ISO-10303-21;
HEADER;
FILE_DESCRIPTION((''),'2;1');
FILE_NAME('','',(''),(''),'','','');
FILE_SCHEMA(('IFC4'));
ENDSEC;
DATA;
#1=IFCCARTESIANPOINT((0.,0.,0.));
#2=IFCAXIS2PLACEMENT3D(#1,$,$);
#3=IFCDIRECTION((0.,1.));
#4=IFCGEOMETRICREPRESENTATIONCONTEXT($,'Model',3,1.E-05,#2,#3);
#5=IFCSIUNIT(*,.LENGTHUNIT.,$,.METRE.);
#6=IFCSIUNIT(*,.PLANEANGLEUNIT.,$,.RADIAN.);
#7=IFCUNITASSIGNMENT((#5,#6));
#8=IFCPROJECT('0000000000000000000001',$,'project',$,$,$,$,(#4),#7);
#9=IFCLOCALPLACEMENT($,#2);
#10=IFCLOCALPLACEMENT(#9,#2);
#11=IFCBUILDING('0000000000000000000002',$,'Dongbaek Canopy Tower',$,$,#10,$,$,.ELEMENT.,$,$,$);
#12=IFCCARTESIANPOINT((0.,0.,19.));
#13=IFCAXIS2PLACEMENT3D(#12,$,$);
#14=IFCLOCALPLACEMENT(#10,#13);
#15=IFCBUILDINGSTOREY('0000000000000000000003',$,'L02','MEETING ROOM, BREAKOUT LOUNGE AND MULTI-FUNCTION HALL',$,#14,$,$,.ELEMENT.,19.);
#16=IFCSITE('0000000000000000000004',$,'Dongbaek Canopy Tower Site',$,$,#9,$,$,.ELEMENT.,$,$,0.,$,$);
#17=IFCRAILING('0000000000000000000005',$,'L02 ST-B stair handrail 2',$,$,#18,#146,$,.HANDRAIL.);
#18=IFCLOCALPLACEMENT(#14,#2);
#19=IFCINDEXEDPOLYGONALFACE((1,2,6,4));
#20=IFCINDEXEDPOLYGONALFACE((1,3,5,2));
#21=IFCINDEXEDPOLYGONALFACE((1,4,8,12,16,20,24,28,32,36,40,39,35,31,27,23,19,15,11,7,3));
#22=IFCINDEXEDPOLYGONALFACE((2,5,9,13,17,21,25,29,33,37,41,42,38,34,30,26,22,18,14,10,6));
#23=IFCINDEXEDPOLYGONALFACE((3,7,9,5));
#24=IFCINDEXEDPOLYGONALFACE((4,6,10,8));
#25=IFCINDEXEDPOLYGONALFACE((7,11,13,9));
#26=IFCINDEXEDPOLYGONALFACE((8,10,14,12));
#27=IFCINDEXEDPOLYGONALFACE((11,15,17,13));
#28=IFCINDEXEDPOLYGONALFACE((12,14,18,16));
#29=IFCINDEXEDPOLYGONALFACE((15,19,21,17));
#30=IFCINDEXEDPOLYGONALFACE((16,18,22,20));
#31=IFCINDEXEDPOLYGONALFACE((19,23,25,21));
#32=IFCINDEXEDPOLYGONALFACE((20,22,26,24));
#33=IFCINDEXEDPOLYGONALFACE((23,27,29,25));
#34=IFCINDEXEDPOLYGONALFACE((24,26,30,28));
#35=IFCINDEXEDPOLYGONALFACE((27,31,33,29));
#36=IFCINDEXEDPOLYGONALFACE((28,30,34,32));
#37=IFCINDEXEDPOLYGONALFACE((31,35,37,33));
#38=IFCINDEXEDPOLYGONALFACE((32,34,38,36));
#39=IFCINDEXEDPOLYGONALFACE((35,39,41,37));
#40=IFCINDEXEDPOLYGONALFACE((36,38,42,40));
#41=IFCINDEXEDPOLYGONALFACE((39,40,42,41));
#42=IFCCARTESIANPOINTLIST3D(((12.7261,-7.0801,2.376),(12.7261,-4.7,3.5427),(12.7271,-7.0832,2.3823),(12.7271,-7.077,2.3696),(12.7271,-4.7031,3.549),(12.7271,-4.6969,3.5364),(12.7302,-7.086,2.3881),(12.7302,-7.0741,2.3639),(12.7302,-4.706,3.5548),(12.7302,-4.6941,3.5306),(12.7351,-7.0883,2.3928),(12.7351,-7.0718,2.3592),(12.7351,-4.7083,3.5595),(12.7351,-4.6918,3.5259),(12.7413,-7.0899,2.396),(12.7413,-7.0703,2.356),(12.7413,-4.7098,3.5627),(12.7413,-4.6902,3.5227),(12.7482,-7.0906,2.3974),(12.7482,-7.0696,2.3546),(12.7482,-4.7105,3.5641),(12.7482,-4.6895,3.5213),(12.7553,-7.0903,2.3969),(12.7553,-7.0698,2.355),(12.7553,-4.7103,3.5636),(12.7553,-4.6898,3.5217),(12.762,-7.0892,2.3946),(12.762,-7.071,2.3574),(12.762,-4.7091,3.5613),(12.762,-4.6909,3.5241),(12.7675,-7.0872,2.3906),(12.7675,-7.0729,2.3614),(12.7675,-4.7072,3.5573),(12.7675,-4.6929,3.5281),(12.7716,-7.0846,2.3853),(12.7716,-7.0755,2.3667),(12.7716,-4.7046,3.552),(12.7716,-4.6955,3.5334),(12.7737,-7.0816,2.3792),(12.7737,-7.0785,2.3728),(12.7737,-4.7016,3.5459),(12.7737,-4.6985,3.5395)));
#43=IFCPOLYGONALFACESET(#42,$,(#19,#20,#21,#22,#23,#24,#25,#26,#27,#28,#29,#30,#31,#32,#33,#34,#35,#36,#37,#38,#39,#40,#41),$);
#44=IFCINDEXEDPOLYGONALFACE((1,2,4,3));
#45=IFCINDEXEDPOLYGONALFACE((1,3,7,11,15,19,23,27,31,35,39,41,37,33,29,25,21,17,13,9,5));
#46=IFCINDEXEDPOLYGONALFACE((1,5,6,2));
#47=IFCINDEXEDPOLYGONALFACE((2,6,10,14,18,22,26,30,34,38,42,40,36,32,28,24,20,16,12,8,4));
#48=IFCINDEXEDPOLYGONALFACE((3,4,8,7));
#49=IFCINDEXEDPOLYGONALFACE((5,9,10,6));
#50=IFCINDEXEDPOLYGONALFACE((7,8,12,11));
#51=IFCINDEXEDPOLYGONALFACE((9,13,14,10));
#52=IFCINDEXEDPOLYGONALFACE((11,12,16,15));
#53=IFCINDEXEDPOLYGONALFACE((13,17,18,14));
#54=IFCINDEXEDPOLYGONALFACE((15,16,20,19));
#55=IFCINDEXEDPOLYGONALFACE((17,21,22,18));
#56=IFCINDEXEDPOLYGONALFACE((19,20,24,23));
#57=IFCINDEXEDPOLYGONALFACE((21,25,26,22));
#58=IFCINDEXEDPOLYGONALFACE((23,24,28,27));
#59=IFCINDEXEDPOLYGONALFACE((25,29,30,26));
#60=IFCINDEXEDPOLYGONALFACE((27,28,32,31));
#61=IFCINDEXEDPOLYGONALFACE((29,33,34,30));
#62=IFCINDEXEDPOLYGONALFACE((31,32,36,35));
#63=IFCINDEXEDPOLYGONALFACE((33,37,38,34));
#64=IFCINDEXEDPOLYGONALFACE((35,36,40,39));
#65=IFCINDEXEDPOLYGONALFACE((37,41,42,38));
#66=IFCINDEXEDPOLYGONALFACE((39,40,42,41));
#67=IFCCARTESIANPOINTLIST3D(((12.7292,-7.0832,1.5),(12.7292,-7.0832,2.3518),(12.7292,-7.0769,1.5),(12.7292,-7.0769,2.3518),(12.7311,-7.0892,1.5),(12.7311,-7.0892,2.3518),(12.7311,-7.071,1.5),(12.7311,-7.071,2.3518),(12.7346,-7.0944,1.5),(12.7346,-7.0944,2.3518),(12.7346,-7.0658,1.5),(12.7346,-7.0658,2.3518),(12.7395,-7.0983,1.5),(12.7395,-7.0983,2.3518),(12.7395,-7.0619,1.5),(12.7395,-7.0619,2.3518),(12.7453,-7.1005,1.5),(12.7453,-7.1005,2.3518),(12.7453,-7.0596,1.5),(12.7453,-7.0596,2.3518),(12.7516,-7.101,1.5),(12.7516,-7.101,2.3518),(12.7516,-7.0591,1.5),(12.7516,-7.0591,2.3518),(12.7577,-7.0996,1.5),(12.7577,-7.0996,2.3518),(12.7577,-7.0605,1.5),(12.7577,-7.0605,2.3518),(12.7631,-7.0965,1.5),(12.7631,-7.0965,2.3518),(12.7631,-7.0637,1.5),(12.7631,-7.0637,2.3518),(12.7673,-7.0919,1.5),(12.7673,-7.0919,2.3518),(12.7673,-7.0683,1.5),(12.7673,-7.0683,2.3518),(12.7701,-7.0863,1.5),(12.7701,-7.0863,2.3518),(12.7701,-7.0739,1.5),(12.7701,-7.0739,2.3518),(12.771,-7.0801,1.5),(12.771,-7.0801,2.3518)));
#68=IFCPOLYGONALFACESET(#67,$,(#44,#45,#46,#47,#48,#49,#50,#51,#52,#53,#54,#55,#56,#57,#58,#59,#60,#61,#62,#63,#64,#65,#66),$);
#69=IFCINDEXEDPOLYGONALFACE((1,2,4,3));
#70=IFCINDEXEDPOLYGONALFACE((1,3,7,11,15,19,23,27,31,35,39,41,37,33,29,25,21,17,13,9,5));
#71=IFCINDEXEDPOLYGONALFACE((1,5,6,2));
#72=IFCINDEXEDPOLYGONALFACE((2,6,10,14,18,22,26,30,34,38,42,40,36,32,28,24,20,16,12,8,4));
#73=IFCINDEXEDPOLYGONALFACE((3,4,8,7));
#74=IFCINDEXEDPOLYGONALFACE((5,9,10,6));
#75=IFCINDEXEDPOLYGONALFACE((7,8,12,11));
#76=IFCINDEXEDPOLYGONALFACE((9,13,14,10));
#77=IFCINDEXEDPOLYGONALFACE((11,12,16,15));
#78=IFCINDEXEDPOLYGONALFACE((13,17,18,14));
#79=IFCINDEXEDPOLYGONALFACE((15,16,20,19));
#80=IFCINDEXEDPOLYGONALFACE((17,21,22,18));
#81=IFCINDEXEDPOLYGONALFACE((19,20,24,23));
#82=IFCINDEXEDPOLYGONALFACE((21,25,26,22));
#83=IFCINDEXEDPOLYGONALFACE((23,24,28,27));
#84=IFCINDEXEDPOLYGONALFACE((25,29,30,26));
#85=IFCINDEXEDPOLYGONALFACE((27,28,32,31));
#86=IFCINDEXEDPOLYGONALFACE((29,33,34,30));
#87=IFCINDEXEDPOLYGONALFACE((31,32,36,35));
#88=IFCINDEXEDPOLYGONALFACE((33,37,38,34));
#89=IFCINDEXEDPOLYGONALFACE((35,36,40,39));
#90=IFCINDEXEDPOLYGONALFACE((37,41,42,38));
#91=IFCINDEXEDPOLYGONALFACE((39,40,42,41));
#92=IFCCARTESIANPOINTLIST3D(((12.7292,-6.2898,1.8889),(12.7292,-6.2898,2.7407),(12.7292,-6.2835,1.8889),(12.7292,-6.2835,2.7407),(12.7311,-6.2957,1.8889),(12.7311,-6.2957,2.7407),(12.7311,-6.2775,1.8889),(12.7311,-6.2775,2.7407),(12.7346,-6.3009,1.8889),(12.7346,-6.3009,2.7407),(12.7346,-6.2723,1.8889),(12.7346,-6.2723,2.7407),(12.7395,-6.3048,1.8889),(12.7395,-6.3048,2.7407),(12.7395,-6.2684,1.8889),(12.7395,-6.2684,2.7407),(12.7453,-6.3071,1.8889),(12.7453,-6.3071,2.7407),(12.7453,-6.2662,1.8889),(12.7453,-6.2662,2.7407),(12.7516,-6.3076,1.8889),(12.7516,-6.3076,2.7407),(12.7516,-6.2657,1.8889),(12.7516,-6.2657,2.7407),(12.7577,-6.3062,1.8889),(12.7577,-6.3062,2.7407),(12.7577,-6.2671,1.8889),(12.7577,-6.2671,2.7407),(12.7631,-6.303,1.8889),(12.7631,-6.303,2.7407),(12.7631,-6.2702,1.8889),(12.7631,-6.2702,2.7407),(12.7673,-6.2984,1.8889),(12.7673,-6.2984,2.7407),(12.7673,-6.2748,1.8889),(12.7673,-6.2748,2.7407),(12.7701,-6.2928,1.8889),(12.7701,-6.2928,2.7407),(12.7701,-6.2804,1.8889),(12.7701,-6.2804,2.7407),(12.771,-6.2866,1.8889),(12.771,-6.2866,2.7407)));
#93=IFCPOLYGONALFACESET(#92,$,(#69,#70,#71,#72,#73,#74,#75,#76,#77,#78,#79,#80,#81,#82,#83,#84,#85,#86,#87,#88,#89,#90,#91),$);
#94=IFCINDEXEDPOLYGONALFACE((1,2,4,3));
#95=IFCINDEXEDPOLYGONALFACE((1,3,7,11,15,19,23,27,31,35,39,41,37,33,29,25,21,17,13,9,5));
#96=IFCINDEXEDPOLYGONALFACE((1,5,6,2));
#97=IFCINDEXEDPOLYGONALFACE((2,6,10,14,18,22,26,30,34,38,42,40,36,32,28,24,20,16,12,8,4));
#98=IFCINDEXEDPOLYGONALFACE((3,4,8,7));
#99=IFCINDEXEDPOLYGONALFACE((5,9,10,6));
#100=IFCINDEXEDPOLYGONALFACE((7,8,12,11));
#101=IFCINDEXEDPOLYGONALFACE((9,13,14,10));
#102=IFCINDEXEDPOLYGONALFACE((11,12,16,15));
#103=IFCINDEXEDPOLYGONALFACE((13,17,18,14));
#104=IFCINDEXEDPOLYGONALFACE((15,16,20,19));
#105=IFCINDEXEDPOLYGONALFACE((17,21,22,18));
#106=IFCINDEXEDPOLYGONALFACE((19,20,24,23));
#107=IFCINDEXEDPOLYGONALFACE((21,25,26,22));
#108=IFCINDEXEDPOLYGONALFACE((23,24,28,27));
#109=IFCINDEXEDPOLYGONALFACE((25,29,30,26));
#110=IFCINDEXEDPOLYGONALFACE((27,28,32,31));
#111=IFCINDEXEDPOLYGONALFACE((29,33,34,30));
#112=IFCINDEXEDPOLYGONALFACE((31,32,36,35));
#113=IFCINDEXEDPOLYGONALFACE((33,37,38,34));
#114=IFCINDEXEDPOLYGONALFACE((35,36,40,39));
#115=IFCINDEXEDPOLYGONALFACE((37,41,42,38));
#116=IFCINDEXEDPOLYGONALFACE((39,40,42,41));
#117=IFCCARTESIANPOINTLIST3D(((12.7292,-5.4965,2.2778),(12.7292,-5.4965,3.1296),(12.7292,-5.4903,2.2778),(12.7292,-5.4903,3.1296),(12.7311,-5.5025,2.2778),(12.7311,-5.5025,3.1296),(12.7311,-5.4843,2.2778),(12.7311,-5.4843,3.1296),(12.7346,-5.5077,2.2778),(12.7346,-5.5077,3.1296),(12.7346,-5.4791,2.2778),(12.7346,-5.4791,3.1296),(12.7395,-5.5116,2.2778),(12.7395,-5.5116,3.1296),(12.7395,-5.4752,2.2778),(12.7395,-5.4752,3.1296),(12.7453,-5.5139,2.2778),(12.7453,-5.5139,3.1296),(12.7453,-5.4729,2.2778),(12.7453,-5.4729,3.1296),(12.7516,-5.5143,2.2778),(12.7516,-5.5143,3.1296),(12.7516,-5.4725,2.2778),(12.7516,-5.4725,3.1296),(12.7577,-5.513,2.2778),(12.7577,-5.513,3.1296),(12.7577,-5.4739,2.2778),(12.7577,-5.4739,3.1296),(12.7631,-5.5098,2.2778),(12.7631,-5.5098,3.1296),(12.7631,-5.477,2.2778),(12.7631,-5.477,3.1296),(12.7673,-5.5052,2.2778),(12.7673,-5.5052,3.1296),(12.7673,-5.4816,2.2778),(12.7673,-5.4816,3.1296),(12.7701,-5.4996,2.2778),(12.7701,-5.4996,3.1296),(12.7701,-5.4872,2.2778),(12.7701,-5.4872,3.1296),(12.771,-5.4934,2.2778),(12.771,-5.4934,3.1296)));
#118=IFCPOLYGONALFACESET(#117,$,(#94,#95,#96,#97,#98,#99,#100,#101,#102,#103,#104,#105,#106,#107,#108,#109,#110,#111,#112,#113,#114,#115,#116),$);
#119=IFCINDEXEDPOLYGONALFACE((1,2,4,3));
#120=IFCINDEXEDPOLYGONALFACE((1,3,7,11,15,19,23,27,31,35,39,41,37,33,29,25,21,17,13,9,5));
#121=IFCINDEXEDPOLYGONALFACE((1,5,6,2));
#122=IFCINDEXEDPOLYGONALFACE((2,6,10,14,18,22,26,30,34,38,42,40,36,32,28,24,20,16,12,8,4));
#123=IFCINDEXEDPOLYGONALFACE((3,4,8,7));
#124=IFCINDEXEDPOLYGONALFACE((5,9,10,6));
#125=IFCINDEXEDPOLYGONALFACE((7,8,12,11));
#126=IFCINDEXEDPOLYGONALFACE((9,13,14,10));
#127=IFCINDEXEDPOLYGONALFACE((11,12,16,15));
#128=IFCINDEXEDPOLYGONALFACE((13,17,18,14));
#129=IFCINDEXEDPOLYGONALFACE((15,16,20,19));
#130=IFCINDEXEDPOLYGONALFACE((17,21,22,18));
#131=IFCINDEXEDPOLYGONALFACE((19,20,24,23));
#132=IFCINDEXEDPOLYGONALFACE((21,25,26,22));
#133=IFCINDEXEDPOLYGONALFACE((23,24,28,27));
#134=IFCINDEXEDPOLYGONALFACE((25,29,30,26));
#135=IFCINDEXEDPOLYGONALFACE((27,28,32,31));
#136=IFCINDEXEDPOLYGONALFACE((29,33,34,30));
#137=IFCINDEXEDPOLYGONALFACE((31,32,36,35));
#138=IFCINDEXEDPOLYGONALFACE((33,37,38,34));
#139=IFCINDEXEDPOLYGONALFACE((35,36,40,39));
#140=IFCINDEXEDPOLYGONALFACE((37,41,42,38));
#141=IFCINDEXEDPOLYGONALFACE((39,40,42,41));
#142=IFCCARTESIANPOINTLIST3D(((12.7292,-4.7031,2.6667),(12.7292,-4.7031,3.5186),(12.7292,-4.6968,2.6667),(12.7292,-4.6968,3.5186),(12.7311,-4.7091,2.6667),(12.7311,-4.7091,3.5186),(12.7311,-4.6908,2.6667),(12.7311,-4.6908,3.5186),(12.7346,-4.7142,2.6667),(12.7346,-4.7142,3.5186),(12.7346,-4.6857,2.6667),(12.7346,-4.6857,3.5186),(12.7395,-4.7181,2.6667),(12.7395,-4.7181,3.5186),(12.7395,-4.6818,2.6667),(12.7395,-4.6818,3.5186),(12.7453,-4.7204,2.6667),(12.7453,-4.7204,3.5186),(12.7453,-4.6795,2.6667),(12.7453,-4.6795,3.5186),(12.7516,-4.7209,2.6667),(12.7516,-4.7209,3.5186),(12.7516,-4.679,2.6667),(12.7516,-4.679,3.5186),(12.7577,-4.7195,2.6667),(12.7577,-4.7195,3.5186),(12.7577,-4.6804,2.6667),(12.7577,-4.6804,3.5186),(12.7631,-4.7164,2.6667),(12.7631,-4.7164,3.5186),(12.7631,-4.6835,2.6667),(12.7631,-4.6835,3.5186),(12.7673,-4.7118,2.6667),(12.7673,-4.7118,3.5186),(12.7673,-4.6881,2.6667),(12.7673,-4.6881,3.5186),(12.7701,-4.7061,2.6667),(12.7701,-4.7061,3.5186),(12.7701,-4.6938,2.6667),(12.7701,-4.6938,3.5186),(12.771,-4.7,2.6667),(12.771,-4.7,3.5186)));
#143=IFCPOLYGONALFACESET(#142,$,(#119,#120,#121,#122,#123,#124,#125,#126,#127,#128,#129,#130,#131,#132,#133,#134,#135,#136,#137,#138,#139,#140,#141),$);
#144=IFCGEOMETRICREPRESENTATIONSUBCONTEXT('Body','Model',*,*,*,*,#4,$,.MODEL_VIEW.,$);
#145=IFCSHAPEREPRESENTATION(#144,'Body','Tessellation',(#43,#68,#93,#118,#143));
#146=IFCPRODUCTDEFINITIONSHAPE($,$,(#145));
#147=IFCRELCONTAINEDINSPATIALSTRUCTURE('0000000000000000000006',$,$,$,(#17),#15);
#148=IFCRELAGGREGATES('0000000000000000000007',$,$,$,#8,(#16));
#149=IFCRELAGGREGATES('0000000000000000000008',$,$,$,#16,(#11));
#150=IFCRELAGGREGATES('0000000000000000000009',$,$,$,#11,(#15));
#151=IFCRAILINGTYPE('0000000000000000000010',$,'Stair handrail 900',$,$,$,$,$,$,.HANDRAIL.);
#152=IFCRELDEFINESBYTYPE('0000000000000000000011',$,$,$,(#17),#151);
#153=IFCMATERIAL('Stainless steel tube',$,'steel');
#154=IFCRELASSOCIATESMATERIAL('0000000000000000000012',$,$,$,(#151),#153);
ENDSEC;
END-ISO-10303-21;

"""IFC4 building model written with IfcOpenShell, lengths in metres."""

from ifc_helpers import new_model, si_unit, direction, frame, origin, origin_2d, place, context, subcontext, project, spatial, circle, extrude, material, type_object, element, save


model = new_model("IFC4")

# Units and contexts
model_context = context("Model", 3, precision=1e-05, world=origin(), true_north=direction((0.0, 1.0)))
body_context = subcontext(model_context, "Body", "Model", "MODEL_VIEW")
ifc_project = project(units=[si_unit("LENGTHUNIT", "METRE"), si_unit("PLANEANGLEUNIT", "RADIAN")], contexts=[model_context])

# Site, building, storey
site_placement = place(None, origin())
site = spatial("IfcSite", under=ifc_project, at=site_placement, Name="Dongbaek Canopy Tower Site", CompositionType="ELEMENT", RefElevation=0.0)
building_placement = place(site_placement, origin())
building = spatial("IfcBuilding", under=site, at=building_placement, Name="Dongbaek Canopy Tower", CompositionType="ELEMENT")
storey_placement = place(building_placement, frame((0.0, 0.0, 19.0)))
storey = spatial("IfcBuildingStorey", under=building, at=storey_placement, Name="L02", Description="MEETING ROOM, BREAKOUT LOUNGE AND MULTI-FUNCTION HALL", CompositionType="ELEMENT", Elevation=19.0)

# Railing
ifc_material_1 = material(Name="Stainless steel tube", Category="steel")
railing_type_1 = type_object("IfcRailingType", Name="Stair handrail 900", PredefinedType="HANDRAIL", material=ifc_material_1)
railing_1_placement = place(storey_placement, frame((12.75, -7.0801, 1.5)))
element("IfcRailing", 1, at=railing_1_placement, inside=storey, type_object=railing_type_1, Name="L02 ST-B stair handrail 2", PredefinedType="HANDRAIL", context=body_context, shape_type="SweptSolid", body=[
    extrude(circle(Radius=0.0239, at=origin_2d()), frame((0.0, 0.0, 0.876), z_axis=(0.0, 0.897918, 0.440163), x_axis=(-1.0, 0.0, 0.0)), (0.0, 0.0, 1.0), 2.6506),
    extrude(circle(Radius=0.021, at=origin_2d()), origin(), (0.0, 0.0, 1.0), 0.8518),
    extrude(circle(Radius=0.021, at=origin_2d()), frame((0.0, 0.7935, 0.3889)), (0.0, 0.0, 1.0), 0.8518),
    extrude(circle(Radius=0.021, at=origin_2d()), frame((0.0, 1.5867, 0.7778)), (0.0, 0.0, 1.0), 0.8518),
    extrude(circle(Radius=0.021, at=origin_2d()), frame((0.0, 2.3801, 1.1667)), (0.0, 0.0, 1.0), 0.8518),
])

save(model, "model.ifc")
